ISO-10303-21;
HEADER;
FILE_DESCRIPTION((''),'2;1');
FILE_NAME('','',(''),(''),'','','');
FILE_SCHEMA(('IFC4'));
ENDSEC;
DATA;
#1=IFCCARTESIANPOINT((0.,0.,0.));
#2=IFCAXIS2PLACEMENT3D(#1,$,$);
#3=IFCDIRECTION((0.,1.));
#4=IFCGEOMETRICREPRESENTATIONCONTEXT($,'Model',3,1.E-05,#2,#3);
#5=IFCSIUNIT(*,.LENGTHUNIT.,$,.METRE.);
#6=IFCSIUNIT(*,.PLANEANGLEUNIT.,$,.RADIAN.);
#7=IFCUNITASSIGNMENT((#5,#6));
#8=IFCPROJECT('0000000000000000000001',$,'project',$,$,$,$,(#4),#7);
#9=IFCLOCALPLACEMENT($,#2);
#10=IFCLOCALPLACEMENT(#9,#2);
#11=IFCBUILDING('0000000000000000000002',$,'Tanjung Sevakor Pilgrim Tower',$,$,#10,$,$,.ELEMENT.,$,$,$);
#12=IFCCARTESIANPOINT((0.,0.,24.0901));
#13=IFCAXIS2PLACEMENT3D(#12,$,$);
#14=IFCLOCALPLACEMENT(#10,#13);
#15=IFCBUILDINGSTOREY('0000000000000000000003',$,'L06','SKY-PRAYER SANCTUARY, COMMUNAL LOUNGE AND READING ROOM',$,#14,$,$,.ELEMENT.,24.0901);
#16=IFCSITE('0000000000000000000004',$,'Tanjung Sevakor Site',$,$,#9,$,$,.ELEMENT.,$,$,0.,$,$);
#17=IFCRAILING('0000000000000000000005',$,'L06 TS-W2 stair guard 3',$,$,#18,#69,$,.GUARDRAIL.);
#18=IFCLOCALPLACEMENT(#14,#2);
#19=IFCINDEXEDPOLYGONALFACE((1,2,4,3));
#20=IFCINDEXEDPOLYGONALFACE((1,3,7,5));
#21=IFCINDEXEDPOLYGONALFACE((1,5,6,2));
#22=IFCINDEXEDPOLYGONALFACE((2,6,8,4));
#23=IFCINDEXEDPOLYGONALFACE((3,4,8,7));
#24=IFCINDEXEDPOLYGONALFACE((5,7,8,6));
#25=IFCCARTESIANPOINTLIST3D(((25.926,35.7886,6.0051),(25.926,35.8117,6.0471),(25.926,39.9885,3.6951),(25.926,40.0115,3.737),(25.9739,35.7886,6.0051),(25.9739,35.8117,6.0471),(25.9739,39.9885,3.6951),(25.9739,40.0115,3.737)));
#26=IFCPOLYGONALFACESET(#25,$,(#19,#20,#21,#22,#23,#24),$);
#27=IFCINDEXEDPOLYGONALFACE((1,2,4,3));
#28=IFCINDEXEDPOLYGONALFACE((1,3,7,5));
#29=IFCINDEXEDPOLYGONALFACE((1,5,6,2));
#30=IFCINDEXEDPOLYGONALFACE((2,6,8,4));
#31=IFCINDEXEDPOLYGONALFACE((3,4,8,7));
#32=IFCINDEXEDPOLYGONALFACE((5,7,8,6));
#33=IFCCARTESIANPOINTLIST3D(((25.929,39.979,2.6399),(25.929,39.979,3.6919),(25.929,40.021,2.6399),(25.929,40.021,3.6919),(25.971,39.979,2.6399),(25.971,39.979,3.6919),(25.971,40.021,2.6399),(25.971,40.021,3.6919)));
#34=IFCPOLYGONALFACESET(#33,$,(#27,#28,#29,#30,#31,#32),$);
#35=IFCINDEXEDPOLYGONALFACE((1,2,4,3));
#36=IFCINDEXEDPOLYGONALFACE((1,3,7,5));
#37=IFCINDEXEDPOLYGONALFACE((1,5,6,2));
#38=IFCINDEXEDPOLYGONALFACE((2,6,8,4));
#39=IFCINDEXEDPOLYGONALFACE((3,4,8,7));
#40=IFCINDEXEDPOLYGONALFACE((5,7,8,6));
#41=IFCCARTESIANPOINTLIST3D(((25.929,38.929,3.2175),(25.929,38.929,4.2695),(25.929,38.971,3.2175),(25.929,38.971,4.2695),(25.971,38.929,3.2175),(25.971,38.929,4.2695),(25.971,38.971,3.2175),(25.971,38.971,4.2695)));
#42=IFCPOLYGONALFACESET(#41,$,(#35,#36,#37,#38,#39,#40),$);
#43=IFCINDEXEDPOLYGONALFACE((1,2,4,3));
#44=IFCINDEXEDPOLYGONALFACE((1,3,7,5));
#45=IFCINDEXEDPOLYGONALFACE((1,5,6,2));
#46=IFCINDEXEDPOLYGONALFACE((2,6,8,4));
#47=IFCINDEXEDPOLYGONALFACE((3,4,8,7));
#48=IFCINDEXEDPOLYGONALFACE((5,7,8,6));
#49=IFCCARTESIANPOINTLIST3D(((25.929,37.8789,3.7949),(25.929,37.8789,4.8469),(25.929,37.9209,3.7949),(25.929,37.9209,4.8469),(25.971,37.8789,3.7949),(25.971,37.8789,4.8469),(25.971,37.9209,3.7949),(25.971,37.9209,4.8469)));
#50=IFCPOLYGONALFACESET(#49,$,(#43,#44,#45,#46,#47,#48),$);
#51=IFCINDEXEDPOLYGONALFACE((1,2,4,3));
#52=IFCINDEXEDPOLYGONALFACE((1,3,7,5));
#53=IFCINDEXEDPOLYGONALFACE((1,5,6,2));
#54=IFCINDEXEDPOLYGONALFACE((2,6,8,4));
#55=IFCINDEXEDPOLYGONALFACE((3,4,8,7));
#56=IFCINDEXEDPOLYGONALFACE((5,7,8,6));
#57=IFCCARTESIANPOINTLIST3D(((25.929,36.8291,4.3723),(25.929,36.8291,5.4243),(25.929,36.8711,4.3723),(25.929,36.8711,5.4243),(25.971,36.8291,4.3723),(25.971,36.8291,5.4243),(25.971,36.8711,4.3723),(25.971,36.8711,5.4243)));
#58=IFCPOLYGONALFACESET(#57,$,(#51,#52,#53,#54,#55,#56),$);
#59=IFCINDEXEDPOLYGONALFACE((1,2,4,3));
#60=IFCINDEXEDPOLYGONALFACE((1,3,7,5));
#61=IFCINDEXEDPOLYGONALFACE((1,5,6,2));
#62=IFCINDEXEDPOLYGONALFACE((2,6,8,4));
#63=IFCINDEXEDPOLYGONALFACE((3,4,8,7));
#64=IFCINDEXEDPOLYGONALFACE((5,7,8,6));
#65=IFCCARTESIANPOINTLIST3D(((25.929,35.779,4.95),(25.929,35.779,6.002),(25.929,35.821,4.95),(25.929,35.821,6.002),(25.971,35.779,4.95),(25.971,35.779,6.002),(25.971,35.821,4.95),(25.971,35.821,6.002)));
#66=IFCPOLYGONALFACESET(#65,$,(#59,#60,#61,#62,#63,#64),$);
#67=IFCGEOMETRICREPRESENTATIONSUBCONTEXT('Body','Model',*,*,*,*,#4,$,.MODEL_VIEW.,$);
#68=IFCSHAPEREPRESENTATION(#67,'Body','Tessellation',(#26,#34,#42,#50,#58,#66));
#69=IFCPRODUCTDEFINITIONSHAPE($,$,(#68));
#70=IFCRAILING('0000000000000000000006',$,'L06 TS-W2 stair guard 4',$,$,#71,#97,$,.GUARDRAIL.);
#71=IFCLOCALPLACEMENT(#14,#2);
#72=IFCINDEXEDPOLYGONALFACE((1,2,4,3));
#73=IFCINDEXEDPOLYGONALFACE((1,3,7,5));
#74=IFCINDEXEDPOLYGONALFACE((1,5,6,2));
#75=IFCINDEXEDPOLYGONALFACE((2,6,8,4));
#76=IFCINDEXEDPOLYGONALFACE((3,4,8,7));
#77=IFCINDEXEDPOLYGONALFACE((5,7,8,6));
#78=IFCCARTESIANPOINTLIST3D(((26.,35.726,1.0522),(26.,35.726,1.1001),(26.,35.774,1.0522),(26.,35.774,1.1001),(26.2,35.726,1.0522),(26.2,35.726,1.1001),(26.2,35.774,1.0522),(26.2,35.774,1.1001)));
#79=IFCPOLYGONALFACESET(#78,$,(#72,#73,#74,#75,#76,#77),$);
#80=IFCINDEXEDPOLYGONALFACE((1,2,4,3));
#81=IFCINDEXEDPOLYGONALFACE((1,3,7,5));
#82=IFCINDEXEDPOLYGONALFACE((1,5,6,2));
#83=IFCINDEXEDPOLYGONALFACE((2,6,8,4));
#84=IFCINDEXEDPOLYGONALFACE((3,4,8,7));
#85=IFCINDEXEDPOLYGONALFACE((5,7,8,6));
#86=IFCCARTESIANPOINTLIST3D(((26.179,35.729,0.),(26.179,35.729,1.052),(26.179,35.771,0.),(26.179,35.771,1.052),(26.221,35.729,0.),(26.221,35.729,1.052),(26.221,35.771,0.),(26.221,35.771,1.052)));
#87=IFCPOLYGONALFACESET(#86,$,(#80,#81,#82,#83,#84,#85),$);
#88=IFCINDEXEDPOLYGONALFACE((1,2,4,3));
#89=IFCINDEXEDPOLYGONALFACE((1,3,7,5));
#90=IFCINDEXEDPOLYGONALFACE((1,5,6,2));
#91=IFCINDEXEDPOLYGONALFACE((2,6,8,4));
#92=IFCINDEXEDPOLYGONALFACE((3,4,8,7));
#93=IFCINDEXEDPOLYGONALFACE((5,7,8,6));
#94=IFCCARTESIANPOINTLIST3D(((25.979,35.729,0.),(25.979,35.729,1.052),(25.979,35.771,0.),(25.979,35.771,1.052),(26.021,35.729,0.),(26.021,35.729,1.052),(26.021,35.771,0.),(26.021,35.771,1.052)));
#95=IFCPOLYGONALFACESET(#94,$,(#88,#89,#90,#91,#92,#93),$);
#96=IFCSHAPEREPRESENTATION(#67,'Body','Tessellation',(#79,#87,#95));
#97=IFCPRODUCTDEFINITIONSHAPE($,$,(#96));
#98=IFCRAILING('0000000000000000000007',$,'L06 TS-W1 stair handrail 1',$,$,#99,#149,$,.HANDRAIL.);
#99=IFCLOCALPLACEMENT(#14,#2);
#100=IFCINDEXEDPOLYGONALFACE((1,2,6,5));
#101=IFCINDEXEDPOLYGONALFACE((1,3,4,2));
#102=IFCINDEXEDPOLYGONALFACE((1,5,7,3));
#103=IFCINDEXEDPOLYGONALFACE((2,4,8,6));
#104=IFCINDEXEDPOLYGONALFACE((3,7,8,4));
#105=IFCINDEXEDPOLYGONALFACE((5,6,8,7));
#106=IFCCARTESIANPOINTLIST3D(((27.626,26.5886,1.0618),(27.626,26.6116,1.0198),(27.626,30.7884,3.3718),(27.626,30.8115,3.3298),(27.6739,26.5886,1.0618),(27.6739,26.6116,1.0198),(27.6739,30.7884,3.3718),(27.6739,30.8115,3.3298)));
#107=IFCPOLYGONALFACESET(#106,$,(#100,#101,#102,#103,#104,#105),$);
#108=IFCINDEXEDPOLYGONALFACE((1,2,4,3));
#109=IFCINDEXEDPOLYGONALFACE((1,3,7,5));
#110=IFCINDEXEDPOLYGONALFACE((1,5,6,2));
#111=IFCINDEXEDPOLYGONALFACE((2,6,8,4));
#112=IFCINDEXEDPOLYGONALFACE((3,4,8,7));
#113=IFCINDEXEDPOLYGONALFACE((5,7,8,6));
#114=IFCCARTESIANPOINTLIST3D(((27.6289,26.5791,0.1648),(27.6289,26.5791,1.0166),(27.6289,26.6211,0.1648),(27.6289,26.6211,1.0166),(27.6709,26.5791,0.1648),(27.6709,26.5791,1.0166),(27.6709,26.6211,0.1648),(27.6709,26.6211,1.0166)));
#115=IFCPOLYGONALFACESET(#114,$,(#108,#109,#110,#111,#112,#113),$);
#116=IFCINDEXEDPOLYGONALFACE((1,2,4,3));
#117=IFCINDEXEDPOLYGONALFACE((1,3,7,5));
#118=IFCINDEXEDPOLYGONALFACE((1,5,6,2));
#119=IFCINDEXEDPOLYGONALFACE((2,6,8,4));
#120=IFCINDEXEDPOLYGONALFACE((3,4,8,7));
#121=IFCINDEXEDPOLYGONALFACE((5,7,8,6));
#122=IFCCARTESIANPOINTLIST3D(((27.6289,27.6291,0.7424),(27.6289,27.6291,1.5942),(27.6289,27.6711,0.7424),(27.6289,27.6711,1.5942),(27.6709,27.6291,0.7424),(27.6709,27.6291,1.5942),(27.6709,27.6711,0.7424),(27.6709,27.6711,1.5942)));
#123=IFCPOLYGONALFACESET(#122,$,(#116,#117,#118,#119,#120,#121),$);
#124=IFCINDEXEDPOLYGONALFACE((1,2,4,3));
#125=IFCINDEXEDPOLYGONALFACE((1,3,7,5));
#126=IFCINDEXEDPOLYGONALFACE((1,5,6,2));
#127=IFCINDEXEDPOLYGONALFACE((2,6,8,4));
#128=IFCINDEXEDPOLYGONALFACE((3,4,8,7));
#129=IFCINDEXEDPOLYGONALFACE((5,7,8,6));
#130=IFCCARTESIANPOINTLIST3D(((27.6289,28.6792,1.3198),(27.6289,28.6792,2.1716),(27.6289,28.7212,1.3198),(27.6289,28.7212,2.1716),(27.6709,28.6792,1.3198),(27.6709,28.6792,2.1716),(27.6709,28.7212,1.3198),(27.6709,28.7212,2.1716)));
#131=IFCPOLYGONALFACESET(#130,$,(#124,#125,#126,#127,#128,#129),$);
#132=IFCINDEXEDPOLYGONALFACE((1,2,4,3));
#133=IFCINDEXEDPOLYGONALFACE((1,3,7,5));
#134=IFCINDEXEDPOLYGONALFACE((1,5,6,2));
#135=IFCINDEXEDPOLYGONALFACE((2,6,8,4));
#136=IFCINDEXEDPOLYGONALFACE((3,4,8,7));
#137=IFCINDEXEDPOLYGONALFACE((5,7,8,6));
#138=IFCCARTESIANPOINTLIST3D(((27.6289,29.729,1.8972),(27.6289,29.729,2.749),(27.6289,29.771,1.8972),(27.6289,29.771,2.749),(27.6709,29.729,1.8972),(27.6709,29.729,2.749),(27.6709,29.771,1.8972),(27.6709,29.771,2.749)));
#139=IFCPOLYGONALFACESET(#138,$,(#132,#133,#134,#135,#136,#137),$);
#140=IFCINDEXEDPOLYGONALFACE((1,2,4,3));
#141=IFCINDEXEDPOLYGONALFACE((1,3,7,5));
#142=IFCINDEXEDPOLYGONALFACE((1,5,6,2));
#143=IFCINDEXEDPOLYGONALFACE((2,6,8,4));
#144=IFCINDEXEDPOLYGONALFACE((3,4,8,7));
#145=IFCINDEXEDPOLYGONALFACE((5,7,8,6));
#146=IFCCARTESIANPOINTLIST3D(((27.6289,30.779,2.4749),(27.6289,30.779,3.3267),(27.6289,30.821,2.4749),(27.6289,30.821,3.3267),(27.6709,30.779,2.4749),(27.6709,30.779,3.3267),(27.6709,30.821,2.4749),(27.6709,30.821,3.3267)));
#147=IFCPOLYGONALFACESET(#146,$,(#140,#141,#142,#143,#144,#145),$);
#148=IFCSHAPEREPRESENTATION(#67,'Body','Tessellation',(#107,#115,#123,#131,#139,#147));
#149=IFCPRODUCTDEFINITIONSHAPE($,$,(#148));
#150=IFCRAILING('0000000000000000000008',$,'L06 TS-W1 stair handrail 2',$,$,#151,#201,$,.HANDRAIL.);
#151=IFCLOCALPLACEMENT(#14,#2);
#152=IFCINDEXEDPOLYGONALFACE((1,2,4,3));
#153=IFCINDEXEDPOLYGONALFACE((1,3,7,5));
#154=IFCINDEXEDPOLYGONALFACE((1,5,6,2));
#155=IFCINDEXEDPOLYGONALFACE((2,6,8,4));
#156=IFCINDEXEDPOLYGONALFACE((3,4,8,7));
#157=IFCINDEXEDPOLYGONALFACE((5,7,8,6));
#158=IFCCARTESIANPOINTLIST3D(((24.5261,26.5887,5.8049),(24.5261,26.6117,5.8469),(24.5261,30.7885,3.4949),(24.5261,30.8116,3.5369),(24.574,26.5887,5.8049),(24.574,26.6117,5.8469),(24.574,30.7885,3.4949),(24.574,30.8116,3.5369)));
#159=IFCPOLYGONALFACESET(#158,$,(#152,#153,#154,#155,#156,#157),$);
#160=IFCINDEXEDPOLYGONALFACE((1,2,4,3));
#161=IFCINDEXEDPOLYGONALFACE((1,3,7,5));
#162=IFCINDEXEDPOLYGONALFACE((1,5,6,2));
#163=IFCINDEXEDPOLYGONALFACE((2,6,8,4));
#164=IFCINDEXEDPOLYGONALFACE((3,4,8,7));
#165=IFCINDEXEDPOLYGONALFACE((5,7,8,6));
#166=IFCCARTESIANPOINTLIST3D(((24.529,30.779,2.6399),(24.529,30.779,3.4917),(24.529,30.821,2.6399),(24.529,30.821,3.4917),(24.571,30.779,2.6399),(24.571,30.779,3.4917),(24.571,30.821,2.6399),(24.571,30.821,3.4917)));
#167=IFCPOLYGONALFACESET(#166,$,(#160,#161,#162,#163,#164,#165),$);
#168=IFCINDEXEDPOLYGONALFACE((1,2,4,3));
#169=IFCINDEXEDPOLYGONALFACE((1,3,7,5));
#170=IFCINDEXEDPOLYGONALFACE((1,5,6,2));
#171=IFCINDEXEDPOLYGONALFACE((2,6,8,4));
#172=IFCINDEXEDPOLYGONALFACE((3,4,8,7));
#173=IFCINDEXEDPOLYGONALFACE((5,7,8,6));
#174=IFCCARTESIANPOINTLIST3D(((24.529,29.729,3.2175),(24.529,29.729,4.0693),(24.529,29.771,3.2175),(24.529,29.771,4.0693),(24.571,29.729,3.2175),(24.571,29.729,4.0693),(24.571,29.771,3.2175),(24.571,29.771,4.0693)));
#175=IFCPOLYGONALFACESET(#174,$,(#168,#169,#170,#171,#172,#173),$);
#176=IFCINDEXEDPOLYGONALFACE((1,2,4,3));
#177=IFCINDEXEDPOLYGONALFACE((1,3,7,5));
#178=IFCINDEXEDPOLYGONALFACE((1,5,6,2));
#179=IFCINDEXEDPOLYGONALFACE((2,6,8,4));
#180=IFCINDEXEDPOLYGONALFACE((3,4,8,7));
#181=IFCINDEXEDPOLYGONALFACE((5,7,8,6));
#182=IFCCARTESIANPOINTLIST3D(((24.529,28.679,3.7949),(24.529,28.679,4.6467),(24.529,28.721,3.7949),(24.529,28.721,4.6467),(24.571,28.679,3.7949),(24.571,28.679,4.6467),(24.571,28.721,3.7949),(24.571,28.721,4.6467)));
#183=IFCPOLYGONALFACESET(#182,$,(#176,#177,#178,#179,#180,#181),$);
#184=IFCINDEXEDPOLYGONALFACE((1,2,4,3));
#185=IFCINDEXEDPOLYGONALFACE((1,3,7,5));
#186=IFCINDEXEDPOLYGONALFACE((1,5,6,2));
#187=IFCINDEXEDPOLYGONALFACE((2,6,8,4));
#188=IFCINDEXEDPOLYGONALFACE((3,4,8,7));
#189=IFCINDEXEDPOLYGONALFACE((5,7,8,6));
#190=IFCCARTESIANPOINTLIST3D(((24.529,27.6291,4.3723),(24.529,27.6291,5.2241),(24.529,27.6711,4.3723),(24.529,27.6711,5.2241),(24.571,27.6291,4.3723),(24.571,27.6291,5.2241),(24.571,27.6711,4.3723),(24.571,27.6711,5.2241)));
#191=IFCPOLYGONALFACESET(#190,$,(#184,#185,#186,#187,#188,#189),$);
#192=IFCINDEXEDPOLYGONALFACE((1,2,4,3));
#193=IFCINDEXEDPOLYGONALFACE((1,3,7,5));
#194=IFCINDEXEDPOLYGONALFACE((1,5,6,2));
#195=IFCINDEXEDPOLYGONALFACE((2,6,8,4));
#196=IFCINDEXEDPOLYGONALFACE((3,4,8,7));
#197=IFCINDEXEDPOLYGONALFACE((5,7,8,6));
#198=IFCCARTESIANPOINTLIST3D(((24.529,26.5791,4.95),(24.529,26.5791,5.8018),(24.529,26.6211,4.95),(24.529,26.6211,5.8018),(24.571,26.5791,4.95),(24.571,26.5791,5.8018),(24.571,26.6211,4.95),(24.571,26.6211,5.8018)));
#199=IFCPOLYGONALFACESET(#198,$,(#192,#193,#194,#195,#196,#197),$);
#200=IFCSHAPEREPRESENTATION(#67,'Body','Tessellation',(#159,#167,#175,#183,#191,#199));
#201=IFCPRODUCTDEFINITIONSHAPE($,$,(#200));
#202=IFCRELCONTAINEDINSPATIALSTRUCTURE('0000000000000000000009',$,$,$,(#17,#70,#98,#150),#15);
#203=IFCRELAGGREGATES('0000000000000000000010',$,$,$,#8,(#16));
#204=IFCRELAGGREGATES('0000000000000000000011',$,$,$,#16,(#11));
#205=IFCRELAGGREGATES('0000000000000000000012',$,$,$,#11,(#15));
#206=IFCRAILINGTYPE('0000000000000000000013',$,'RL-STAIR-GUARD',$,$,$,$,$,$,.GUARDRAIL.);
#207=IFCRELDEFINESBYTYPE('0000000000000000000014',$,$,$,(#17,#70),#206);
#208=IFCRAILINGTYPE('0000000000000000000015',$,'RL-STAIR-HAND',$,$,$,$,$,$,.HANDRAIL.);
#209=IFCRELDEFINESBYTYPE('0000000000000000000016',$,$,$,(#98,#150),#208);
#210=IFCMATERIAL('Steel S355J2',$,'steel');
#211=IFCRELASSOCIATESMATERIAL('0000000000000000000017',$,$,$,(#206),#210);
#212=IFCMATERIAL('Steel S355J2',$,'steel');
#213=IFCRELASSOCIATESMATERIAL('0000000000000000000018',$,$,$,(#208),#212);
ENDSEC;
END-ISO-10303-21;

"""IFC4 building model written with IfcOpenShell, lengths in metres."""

from ifc_helpers import new_model, si_unit, direction, frame, origin, place, context, subcontext, project, spatial, rectangle, extrude, material, type_object, element, save


model = new_model("IFC4")

# Units and contexts
model_context = context("Model", 3, precision=1e-05, world=origin(), true_north=direction((0.0, 1.0)))
body_context = subcontext(model_context, "Body", "Model", "MODEL_VIEW")
ifc_project = project(units=[si_unit("LENGTHUNIT", "METRE"), si_unit("PLANEANGLEUNIT", "RADIAN")], contexts=[model_context])

# Site, building, storey
site_placement = place(None, origin())
site = spatial("IfcSite", under=ifc_project, at=site_placement, Name="Tanjung Sevakor Site", CompositionType="ELEMENT", RefElevation=0.0)
building_placement = place(site_placement, origin())
building = spatial("IfcBuilding", under=site, at=building_placement, Name="Tanjung Sevakor Pilgrim Tower", CompositionType="ELEMENT")
storey_placement = place(building_placement, frame((0.0, 0.0, 24.0901)))
storey = spatial("IfcBuildingStorey", under=building, at=storey_placement, Name="L06", Description="SKY-PRAYER SANCTUARY, COMMUNAL LOUNGE AND READING ROOM", CompositionType="ELEMENT", Elevation=24.0901)

# Railings
ifc_material_1 = material(Name="Steel S355J2", Category="steel")
railing_type_1 = type_object("IfcRailingType", Name="RL-STAIR-GUARD", PredefinedType="GUARDRAIL", material=ifc_material_1)
railing_1_placement = place(storey_placement, frame((25.95, 40.0, 2.6399)))
element("IfcRailing", 1, at=railing_1_placement, inside=storey, type_object=railing_type_1, Name="L06 TS-W2 stair guard 3", PredefinedType="GUARDRAIL", context=body_context, shape_type="SweptSolid", body=[
    extrude(rectangle(XDim=0.0479, YDim=0.0479), frame((0.0, 0.0, 1.0762), z_axis=(0.0, -0.876208, 0.481932), x_axis=(1.0, 0.0, 0.0)), (0.0, 0.0, 1.0), 4.7932),
    extrude(rectangle(XDim=0.042, YDim=0.042), origin(), (0.0, 0.0, 1.0), 1.052),
    extrude(rectangle(XDim=0.042, YDim=0.042), frame((0.0, -1.05, 0.5776)), (0.0, 0.0, 1.0), 1.052),
    extrude(rectangle(XDim=0.042, YDim=0.042), frame((0.0, -2.1001, 1.155)), (0.0, 0.0, 1.0), 1.052),
    extrude(rectangle(XDim=0.042, YDim=0.042), frame((0.0, -3.1499, 1.7324)), (0.0, 0.0, 1.0), 1.052),
    extrude(rectangle(XDim=0.042, YDim=0.042), frame((0.0, -4.2, 2.3101)), (0.0, 0.0, 1.0), 1.052),
])
railing_2_placement = place(storey_placement, frame((26.2, 35.75, 0.0)))
element("IfcRailing", 2, at=railing_2_placement, inside=storey, type_object=railing_type_1, Name="L06 TS-W2 stair guard 4", PredefinedType="GUARDRAIL", context=body_context, shape_type="SweptSolid", body=[
    extrude(rectangle(XDim=0.0479, YDim=0.0479), frame((0.0, 0.0, 1.0762), z_axis=(-1.0, 0.0, 0.0), x_axis=(0.0, -1.0, 0.0)), (0.0, 0.0, 1.0), 0.2),
    extrude(rectangle(XDim=0.042, YDim=0.042), origin(), (0.0, 0.0, 1.0), 1.052),
    extrude(rectangle(XDim=0.042, YDim=0.042), frame((-0.2, 0.0, 0.0)), (0.0, 0.0, 1.0), 1.052),
])
ifc_material_2 = material(Name="Steel S355J2", Category="steel")
railing_type_2 = type_object("IfcRailingType", Name="RL-STAIR-HAND", PredefinedType="HANDRAIL", material=ifc_material_2)
railing_3_placement = place(storey_placement, frame((27.6499, 26.6001, 0.1648)))
element("IfcRailing", 3, at=railing_3_placement, inside=storey, type_object=railing_type_2, Name="L06 TS-W1 stair handrail 1", PredefinedType="HANDRAIL", context=body_context, shape_type="SweptSolid", body=[
    extrude(rectangle(XDim=0.0479, YDim=0.0479), frame((0.0, 0.0, 0.876), z_axis=(0.0, 0.876208, 0.481932), x_axis=(-1.0, 0.0, 0.0)), (0.0, 0.0, 1.0), 4.7932),
    extrude(rectangle(XDim=0.042, YDim=0.042), origin(), (0.0, 0.0, 1.0), 0.8518),
    extrude(rectangle(XDim=0.042, YDim=0.042), frame((0.0, 1.05, 0.5776)), (0.0, 0.0, 1.0), 0.8518),
    extrude(rectangle(XDim=0.042, YDim=0.042), frame((0.0, 2.1001, 1.155)), (0.0, 0.0, 1.0), 0.8518),
    extrude(rectangle(XDim=0.042, YDim=0.042), frame((0.0, 3.1499, 1.7324)), (0.0, 0.0, 1.0), 0.8518),
    extrude(rectangle(XDim=0.042, YDim=0.042), frame((0.0, 4.2, 2.3101)), (0.0, 0.0, 1.0), 0.8518),
])
for number, where, name in (
    (4, (24.55, 30.8, 2.6399), "L06 TS-W1 stair handrail 2"),
):
    element("IfcRailing", number, at=place(storey_placement, frame(where)), inside=storey, type_object=railing_type_2, Name=name, PredefinedType="HANDRAIL", context=body_context, shape_type="SweptSolid", body=[
        extrude(rectangle(XDim=0.0479, YDim=0.0479), frame((0.0, 0.0, 0.876), z_axis=(0.0, -0.876208, 0.481932), x_axis=(1.0, 0.0, 0.0)), (0.0, 0.0, 1.0), 4.7932),
        extrude(rectangle(XDim=0.042, YDim=0.042), origin(), (0.0, 0.0, 1.0), 0.8518),
        extrude(rectangle(XDim=0.042, YDim=0.042), frame((0.0, -1.05, 0.5776)), (0.0, 0.0, 1.0), 0.8518),
        extrude(rectangle(XDim=0.042, YDim=0.042), frame((0.0, -2.1001, 1.155)), (0.0, 0.0, 1.0), 0.8518),
        extrude(rectangle(XDim=0.042, YDim=0.042), frame((0.0, -3.1499, 1.7324)), (0.0, 0.0, 1.0), 0.8518),
        extrude(rectangle(XDim=0.042, YDim=0.042), frame((0.0, -4.2, 2.3101)), (0.0, 0.0, 1.0), 0.8518),
    ])

save(model, "model.ifc")
